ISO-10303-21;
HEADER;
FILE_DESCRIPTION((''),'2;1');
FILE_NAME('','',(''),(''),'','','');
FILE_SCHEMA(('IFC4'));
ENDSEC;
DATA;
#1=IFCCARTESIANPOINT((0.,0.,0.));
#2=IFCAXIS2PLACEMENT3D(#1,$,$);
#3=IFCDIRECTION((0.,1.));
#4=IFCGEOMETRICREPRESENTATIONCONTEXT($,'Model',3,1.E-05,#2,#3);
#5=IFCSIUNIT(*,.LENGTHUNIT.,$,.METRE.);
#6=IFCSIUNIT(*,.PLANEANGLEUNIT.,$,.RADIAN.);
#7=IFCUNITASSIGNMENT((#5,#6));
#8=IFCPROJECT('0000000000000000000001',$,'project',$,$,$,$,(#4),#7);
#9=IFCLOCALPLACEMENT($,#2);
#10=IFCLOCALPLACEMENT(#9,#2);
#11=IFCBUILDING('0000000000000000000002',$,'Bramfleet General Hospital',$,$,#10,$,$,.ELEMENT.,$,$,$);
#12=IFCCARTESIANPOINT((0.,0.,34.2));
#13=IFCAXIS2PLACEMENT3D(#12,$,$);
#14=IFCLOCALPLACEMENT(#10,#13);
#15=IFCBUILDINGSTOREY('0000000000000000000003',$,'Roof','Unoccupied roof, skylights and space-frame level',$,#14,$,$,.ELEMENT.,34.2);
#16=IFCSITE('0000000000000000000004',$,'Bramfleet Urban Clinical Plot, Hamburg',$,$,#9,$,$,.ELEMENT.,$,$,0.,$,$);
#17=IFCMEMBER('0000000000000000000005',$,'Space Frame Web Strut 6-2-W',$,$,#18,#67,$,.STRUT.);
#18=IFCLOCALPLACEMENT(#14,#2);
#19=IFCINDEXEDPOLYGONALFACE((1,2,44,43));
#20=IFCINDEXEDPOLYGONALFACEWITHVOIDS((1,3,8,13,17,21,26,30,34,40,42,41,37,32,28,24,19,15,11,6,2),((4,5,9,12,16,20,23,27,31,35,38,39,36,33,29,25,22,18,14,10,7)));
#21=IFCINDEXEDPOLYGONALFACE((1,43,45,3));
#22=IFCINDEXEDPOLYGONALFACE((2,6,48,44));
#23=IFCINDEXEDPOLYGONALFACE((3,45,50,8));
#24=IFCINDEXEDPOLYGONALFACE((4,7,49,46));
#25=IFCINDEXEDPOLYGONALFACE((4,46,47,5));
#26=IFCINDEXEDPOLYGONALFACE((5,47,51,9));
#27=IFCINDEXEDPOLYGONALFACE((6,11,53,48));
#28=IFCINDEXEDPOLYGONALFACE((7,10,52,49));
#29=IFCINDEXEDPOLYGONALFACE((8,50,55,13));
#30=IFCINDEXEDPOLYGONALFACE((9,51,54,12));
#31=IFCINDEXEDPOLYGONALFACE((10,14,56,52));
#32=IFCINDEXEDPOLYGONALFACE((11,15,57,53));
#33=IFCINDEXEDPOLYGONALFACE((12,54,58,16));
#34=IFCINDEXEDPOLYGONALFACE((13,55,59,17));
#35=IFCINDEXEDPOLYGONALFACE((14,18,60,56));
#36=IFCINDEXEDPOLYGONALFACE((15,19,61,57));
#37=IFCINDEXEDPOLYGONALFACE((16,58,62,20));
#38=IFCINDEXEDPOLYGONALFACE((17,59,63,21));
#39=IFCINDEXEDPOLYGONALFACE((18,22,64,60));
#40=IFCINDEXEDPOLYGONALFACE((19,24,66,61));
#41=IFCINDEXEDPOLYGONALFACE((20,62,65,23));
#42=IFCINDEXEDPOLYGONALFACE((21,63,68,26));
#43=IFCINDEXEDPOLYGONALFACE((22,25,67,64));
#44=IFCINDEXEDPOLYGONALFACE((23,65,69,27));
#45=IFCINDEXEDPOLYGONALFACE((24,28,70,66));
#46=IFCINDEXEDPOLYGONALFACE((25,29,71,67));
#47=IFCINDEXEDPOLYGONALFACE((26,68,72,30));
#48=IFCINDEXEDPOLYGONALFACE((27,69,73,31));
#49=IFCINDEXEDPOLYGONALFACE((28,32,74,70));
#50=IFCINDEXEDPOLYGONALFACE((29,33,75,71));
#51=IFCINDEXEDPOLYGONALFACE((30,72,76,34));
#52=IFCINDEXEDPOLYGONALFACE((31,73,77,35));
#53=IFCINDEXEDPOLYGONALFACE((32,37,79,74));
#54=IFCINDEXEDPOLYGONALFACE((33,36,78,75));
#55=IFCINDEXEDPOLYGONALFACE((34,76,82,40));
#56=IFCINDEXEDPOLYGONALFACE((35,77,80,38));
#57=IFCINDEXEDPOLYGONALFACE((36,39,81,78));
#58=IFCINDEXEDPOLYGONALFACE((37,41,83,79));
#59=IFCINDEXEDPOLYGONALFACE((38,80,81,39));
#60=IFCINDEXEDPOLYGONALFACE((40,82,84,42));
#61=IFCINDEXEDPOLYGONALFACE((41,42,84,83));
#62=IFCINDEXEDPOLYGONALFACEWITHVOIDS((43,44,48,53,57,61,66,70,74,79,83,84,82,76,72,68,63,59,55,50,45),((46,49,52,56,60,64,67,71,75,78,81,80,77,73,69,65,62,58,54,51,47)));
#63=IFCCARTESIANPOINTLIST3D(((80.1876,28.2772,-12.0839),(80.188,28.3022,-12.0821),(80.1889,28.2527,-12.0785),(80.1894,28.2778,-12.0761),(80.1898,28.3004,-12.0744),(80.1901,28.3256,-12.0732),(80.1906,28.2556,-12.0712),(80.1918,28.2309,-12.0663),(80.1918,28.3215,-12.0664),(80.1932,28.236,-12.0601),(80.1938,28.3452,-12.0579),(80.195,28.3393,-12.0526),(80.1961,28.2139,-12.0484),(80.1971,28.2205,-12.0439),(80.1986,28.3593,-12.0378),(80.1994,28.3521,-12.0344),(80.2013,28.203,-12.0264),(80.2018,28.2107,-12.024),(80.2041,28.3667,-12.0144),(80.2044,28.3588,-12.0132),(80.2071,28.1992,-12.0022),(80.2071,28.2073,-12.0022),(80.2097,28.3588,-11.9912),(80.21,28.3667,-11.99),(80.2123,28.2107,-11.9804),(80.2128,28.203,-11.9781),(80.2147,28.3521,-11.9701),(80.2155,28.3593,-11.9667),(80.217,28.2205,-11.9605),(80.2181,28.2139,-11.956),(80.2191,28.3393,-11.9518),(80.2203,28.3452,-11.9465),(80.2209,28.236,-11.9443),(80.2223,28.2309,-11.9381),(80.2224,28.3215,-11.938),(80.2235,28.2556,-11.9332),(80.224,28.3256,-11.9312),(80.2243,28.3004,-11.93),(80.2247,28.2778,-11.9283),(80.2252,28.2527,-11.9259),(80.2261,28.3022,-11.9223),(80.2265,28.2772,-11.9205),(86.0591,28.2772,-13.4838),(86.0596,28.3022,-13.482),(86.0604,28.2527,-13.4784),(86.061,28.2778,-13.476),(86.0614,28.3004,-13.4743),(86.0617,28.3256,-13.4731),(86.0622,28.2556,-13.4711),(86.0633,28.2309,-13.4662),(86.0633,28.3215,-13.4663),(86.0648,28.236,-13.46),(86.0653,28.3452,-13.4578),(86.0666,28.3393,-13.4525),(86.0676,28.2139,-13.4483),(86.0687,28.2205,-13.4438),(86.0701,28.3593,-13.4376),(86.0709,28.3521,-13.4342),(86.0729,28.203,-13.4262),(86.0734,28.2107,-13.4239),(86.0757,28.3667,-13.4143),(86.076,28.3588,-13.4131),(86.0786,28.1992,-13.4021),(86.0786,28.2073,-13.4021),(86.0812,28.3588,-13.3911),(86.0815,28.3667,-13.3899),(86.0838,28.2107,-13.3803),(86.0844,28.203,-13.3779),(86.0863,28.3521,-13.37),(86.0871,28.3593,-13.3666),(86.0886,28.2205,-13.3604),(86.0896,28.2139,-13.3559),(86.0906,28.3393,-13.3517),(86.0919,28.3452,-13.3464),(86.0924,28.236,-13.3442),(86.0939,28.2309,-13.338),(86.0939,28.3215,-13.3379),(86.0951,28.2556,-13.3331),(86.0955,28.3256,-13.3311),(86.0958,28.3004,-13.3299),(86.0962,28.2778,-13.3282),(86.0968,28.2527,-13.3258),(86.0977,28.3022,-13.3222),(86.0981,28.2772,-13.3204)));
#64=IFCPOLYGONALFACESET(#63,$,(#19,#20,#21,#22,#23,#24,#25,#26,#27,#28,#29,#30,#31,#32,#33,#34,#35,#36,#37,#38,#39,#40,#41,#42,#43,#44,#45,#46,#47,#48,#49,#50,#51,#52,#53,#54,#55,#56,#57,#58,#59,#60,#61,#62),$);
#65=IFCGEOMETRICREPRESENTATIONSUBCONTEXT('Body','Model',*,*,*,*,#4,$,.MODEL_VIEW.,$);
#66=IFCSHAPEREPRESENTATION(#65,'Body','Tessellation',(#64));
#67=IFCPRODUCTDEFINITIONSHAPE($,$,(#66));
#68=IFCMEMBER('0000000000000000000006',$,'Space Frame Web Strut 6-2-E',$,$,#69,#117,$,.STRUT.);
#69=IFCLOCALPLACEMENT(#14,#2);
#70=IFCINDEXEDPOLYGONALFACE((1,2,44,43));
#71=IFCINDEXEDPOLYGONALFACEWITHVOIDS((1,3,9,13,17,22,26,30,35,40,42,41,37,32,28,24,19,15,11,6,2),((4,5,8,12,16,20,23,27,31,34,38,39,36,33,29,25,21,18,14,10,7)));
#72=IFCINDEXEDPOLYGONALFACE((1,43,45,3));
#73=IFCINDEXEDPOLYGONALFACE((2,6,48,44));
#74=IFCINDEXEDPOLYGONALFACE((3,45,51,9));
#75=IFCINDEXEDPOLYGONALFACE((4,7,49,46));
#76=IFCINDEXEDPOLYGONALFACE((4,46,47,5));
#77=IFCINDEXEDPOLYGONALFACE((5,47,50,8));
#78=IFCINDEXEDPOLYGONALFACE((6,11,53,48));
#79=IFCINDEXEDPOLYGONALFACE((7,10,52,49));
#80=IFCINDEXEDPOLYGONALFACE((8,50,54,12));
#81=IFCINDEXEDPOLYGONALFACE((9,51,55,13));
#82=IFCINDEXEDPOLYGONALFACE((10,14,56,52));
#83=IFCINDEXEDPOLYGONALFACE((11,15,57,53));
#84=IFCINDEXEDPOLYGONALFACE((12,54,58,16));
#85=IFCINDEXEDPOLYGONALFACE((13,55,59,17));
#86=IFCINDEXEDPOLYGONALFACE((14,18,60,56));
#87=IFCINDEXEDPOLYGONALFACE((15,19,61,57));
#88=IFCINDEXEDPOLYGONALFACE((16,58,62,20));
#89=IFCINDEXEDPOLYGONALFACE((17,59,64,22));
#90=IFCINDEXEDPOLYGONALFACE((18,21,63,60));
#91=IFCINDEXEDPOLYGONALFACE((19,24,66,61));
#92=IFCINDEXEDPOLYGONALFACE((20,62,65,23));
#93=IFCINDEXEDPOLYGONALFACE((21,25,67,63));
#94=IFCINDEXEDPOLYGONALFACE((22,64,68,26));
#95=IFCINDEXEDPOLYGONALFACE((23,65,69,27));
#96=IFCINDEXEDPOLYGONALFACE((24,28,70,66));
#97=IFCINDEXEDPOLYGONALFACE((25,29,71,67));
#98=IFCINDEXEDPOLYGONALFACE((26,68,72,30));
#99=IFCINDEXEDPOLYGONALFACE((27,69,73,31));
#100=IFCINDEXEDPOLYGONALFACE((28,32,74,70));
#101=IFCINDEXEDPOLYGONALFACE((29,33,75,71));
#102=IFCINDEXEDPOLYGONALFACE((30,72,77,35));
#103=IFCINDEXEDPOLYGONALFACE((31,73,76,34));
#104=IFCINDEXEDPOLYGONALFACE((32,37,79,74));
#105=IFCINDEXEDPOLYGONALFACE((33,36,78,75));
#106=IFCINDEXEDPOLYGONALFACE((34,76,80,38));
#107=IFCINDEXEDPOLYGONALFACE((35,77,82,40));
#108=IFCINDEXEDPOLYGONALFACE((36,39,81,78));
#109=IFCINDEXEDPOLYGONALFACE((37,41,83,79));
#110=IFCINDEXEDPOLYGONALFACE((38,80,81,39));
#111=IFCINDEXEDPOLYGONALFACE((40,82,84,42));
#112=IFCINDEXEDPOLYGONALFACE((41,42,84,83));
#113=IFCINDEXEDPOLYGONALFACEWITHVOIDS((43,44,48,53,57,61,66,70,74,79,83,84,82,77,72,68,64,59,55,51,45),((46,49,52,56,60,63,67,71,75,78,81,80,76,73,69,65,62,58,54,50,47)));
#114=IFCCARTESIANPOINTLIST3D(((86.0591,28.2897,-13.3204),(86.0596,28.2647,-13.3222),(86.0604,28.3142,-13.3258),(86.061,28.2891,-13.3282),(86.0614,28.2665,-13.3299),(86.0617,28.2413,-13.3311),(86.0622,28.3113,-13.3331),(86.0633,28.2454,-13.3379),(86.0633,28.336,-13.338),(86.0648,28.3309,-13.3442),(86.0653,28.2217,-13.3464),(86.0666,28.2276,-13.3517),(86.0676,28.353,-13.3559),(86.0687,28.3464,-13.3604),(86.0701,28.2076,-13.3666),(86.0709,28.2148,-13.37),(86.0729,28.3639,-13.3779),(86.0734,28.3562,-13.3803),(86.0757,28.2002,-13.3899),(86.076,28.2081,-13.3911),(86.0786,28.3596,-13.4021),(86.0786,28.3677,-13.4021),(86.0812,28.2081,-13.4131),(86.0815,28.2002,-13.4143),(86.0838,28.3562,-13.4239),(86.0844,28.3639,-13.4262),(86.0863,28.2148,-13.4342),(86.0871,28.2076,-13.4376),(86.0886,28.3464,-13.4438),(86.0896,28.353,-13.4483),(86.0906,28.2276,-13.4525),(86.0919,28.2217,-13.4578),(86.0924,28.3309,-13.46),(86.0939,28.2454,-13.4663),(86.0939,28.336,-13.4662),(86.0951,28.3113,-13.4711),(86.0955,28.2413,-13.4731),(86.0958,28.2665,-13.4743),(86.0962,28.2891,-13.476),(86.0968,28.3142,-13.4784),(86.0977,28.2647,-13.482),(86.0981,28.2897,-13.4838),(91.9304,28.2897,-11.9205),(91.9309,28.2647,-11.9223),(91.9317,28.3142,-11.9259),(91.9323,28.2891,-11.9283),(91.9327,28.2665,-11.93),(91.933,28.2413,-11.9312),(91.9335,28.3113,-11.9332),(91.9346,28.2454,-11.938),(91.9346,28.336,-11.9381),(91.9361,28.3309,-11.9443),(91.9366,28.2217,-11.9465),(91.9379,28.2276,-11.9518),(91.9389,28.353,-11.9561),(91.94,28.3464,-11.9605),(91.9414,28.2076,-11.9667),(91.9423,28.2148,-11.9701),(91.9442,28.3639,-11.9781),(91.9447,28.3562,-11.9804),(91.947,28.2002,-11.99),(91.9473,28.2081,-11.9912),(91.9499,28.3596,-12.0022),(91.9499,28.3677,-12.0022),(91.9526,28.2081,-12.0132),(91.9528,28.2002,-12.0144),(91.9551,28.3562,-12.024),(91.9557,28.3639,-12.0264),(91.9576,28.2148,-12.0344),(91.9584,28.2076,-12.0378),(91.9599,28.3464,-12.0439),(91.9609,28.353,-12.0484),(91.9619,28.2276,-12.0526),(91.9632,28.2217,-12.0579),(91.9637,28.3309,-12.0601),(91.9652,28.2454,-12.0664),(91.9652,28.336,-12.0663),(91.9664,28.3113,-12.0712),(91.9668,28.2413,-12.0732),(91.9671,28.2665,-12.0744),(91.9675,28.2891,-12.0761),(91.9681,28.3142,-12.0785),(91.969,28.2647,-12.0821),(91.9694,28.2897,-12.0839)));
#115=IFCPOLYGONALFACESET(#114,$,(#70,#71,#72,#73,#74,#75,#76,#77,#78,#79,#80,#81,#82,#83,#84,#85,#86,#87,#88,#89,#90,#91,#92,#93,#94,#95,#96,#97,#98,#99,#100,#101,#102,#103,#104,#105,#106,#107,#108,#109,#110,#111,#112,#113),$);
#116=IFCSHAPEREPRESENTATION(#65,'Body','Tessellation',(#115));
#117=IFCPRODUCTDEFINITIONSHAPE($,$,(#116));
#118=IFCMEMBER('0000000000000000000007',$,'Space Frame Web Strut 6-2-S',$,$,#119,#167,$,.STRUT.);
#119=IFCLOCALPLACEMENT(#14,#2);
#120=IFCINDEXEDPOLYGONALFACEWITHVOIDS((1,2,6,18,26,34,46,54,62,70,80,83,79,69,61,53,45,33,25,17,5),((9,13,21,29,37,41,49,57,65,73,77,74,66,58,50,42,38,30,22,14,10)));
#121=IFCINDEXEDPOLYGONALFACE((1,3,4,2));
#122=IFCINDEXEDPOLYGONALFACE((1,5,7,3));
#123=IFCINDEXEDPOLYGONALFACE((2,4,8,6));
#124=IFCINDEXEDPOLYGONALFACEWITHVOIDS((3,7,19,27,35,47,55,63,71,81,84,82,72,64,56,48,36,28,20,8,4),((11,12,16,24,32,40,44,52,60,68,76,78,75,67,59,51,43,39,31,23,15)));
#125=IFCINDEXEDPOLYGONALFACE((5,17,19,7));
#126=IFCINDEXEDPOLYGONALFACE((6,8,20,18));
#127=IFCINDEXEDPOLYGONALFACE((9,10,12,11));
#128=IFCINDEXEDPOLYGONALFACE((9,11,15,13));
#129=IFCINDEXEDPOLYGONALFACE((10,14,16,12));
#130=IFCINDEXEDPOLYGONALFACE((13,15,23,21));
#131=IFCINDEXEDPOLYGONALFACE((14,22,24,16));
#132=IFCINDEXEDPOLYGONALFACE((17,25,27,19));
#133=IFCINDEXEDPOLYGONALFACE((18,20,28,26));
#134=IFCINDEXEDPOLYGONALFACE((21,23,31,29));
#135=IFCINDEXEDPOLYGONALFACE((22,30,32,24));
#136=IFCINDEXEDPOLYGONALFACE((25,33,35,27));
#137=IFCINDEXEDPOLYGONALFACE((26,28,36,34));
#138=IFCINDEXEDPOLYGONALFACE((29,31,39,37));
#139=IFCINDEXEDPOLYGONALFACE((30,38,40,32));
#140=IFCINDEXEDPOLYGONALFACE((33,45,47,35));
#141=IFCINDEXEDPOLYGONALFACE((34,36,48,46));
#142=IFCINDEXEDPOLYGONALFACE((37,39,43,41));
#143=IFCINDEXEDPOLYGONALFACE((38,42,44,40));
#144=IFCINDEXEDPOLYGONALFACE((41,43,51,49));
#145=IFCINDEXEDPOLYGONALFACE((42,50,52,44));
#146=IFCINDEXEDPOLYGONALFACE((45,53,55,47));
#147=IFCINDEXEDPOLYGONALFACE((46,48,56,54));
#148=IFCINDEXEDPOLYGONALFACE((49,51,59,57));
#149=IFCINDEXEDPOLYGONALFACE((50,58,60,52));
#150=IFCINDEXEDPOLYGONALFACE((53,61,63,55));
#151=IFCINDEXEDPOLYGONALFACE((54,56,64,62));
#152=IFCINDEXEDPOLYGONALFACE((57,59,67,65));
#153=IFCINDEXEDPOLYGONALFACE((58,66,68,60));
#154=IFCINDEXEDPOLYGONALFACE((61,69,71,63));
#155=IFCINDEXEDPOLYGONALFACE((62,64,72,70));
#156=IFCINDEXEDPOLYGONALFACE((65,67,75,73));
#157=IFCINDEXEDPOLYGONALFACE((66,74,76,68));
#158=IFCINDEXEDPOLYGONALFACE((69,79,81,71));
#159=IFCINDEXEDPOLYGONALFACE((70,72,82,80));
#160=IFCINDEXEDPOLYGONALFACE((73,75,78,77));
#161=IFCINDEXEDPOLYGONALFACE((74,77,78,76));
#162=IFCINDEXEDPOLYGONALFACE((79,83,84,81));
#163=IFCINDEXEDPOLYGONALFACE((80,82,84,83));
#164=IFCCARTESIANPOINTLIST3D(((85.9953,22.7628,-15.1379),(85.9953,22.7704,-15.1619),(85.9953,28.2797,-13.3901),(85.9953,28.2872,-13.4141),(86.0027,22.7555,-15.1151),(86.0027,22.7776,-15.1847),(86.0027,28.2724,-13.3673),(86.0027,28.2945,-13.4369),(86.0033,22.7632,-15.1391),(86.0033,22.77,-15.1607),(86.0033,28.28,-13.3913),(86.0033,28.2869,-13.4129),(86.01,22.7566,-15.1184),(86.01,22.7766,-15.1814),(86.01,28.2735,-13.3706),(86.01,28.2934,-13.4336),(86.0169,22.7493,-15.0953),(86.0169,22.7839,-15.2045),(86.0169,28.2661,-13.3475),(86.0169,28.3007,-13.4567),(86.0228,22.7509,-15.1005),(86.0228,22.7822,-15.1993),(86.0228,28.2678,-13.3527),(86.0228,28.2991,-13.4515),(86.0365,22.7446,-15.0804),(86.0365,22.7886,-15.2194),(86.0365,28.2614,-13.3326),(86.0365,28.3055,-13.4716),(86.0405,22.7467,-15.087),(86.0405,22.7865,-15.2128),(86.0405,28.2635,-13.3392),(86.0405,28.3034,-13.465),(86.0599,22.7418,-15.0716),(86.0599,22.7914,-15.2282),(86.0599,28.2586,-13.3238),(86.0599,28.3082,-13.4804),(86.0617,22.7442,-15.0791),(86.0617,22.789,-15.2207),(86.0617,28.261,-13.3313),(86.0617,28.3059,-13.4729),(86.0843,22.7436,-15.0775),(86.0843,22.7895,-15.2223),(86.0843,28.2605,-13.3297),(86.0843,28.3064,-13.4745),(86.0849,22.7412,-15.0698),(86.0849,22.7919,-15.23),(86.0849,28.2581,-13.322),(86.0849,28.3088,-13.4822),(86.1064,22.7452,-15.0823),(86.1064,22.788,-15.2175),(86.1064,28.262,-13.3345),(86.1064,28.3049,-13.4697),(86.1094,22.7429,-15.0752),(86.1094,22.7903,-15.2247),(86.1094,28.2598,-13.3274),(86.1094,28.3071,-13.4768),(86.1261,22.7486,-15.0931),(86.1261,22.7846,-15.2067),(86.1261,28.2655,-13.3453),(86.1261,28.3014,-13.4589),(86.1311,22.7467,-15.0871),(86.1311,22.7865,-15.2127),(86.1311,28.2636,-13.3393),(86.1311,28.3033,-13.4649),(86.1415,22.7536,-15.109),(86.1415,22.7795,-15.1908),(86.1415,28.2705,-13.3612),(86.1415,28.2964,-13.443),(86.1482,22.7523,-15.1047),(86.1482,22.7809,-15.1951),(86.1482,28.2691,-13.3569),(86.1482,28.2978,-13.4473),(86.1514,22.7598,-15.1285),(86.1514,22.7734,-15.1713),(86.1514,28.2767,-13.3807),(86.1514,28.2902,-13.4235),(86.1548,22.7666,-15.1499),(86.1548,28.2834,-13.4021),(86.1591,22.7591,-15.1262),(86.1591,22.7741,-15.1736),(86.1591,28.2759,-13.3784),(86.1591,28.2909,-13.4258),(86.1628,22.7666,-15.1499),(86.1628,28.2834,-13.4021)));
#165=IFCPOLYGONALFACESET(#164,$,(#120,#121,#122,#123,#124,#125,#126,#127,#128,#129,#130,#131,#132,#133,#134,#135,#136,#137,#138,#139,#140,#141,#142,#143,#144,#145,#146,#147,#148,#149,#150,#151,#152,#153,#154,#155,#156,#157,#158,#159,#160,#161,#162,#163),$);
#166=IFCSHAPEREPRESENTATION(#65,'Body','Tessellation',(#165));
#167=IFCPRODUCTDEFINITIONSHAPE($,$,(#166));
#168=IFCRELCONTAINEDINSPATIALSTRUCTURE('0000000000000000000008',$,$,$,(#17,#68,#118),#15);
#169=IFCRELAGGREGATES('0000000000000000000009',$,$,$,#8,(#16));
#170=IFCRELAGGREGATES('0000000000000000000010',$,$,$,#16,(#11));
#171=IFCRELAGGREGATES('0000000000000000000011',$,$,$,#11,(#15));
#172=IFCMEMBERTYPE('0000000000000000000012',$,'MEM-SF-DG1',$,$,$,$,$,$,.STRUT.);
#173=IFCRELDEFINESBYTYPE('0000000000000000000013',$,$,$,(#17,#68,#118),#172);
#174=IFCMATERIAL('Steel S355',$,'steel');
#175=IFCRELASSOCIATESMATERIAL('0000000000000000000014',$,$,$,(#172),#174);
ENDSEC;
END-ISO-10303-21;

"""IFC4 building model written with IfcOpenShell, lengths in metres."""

from ifc_helpers import new_model, si_unit, direction, frame, origin, origin_2d, place, context, subcontext, project, spatial, hollow_circle, extrude, material, material_profile, profile_set, type_object, element, save


model = new_model("IFC4")

# Units and contexts
model_context = context("Model", 3, precision=1e-05, world=origin(), true_north=direction((0.0, 1.0)))
body_context = subcontext(model_context, "Body", "Model", "MODEL_VIEW")
ifc_project = project(units=[si_unit("LENGTHUNIT", "METRE"), si_unit("PLANEANGLEUNIT", "RADIAN")], contexts=[model_context])

# Site, building, storey
site_placement = place(None, origin())
site = spatial("IfcSite", under=ifc_project, at=site_placement, Name="Bramfleet Urban Clinical Plot, Hamburg", CompositionType="ELEMENT", RefElevation=0.0)
building_placement = place(site_placement, origin())
building = spatial("IfcBuilding", under=site, at=building_placement, Name="Bramfleet General Hospital", CompositionType="ELEMENT")
storey_placement = place(building_placement, frame((0.0, 0.0, 34.2)))
storey = spatial("IfcBuildingStorey", under=building, at=storey_placement, Name="Roof", Description="Unoccupied roof, skylights and space-frame level", CompositionType="ELEMENT", Elevation=34.2)

# Members
ifc_material_1 = material(Name="Steel S355", Category="steel")
ifc_material_profile_1 = material_profile(ifc_material_1, hollow_circle(Radius=0.0842, WallThickness=0.0081, at=origin_2d()), Name="CHS 168.3x8.0")
ifc_profile_set_1 = profile_set([ifc_material_profile_1], Name="Steel S355")
member_type_1 = type_object("IfcMemberType", Name="MEM-SF-DG1", PredefinedType="STRUT", material=ifc_profile_set_1)
member_1_placement = place(storey_placement, frame((86.0786, 28.2834, -13.4021), z_axis=(-0.972735, 0.0, 0.231919), x_axis=(0.0, -1.0, 0.0)))
element("IfcMember", 1, at=member_1_placement, inside=storey, type_object=member_type_1, Name="Space Frame Web Strut 6-2-W", PredefinedType="STRUT", context=body_context, shape_type="SweptSolid", body=[
    extrude(hollow_circle(Radius=0.0842, WallThickness=0.0081, at=origin_2d()), origin(), (0.0, 0.0, 1.0), 6.0361),
])
member_2_placement = place(storey_placement, frame((86.0786, 28.2834, -13.4021), z_axis=(0.972733, 0.0, 0.231929), x_axis=(0.0, 1.0, 0.0)))
element("IfcMember", 2, at=member_2_placement, inside=storey, type_object=member_type_1, Name="Space Frame Web Strut 6-2-E", PredefinedType="STRUT", context=body_context, shape_type="SweptSolid", body=[
    extrude(hollow_circle(Radius=0.0842, WallThickness=0.0081, at=origin_2d()), origin(), (0.0, 0.0, 1.0), 6.0359),
])
member_3_placement = place(storey_placement, frame((86.0786, 28.2834, -13.4021), z_axis=(0.0, -0.953302, -0.302018), x_axis=(1.0, 0.0, 0.0)))
element("IfcMember", 3, at=member_3_placement, inside=storey, type_object=member_type_1, Name="Space Frame Web Strut 6-2-S", PredefinedType="STRUT", context=body_context, shape_type="SweptSolid", body=[
    extrude(hollow_circle(Radius=0.0842, WallThickness=0.0081, at=origin_2d()), origin(), (0.0, 0.0, 1.0), 5.7871),
])

save(model, "model.ifc")
